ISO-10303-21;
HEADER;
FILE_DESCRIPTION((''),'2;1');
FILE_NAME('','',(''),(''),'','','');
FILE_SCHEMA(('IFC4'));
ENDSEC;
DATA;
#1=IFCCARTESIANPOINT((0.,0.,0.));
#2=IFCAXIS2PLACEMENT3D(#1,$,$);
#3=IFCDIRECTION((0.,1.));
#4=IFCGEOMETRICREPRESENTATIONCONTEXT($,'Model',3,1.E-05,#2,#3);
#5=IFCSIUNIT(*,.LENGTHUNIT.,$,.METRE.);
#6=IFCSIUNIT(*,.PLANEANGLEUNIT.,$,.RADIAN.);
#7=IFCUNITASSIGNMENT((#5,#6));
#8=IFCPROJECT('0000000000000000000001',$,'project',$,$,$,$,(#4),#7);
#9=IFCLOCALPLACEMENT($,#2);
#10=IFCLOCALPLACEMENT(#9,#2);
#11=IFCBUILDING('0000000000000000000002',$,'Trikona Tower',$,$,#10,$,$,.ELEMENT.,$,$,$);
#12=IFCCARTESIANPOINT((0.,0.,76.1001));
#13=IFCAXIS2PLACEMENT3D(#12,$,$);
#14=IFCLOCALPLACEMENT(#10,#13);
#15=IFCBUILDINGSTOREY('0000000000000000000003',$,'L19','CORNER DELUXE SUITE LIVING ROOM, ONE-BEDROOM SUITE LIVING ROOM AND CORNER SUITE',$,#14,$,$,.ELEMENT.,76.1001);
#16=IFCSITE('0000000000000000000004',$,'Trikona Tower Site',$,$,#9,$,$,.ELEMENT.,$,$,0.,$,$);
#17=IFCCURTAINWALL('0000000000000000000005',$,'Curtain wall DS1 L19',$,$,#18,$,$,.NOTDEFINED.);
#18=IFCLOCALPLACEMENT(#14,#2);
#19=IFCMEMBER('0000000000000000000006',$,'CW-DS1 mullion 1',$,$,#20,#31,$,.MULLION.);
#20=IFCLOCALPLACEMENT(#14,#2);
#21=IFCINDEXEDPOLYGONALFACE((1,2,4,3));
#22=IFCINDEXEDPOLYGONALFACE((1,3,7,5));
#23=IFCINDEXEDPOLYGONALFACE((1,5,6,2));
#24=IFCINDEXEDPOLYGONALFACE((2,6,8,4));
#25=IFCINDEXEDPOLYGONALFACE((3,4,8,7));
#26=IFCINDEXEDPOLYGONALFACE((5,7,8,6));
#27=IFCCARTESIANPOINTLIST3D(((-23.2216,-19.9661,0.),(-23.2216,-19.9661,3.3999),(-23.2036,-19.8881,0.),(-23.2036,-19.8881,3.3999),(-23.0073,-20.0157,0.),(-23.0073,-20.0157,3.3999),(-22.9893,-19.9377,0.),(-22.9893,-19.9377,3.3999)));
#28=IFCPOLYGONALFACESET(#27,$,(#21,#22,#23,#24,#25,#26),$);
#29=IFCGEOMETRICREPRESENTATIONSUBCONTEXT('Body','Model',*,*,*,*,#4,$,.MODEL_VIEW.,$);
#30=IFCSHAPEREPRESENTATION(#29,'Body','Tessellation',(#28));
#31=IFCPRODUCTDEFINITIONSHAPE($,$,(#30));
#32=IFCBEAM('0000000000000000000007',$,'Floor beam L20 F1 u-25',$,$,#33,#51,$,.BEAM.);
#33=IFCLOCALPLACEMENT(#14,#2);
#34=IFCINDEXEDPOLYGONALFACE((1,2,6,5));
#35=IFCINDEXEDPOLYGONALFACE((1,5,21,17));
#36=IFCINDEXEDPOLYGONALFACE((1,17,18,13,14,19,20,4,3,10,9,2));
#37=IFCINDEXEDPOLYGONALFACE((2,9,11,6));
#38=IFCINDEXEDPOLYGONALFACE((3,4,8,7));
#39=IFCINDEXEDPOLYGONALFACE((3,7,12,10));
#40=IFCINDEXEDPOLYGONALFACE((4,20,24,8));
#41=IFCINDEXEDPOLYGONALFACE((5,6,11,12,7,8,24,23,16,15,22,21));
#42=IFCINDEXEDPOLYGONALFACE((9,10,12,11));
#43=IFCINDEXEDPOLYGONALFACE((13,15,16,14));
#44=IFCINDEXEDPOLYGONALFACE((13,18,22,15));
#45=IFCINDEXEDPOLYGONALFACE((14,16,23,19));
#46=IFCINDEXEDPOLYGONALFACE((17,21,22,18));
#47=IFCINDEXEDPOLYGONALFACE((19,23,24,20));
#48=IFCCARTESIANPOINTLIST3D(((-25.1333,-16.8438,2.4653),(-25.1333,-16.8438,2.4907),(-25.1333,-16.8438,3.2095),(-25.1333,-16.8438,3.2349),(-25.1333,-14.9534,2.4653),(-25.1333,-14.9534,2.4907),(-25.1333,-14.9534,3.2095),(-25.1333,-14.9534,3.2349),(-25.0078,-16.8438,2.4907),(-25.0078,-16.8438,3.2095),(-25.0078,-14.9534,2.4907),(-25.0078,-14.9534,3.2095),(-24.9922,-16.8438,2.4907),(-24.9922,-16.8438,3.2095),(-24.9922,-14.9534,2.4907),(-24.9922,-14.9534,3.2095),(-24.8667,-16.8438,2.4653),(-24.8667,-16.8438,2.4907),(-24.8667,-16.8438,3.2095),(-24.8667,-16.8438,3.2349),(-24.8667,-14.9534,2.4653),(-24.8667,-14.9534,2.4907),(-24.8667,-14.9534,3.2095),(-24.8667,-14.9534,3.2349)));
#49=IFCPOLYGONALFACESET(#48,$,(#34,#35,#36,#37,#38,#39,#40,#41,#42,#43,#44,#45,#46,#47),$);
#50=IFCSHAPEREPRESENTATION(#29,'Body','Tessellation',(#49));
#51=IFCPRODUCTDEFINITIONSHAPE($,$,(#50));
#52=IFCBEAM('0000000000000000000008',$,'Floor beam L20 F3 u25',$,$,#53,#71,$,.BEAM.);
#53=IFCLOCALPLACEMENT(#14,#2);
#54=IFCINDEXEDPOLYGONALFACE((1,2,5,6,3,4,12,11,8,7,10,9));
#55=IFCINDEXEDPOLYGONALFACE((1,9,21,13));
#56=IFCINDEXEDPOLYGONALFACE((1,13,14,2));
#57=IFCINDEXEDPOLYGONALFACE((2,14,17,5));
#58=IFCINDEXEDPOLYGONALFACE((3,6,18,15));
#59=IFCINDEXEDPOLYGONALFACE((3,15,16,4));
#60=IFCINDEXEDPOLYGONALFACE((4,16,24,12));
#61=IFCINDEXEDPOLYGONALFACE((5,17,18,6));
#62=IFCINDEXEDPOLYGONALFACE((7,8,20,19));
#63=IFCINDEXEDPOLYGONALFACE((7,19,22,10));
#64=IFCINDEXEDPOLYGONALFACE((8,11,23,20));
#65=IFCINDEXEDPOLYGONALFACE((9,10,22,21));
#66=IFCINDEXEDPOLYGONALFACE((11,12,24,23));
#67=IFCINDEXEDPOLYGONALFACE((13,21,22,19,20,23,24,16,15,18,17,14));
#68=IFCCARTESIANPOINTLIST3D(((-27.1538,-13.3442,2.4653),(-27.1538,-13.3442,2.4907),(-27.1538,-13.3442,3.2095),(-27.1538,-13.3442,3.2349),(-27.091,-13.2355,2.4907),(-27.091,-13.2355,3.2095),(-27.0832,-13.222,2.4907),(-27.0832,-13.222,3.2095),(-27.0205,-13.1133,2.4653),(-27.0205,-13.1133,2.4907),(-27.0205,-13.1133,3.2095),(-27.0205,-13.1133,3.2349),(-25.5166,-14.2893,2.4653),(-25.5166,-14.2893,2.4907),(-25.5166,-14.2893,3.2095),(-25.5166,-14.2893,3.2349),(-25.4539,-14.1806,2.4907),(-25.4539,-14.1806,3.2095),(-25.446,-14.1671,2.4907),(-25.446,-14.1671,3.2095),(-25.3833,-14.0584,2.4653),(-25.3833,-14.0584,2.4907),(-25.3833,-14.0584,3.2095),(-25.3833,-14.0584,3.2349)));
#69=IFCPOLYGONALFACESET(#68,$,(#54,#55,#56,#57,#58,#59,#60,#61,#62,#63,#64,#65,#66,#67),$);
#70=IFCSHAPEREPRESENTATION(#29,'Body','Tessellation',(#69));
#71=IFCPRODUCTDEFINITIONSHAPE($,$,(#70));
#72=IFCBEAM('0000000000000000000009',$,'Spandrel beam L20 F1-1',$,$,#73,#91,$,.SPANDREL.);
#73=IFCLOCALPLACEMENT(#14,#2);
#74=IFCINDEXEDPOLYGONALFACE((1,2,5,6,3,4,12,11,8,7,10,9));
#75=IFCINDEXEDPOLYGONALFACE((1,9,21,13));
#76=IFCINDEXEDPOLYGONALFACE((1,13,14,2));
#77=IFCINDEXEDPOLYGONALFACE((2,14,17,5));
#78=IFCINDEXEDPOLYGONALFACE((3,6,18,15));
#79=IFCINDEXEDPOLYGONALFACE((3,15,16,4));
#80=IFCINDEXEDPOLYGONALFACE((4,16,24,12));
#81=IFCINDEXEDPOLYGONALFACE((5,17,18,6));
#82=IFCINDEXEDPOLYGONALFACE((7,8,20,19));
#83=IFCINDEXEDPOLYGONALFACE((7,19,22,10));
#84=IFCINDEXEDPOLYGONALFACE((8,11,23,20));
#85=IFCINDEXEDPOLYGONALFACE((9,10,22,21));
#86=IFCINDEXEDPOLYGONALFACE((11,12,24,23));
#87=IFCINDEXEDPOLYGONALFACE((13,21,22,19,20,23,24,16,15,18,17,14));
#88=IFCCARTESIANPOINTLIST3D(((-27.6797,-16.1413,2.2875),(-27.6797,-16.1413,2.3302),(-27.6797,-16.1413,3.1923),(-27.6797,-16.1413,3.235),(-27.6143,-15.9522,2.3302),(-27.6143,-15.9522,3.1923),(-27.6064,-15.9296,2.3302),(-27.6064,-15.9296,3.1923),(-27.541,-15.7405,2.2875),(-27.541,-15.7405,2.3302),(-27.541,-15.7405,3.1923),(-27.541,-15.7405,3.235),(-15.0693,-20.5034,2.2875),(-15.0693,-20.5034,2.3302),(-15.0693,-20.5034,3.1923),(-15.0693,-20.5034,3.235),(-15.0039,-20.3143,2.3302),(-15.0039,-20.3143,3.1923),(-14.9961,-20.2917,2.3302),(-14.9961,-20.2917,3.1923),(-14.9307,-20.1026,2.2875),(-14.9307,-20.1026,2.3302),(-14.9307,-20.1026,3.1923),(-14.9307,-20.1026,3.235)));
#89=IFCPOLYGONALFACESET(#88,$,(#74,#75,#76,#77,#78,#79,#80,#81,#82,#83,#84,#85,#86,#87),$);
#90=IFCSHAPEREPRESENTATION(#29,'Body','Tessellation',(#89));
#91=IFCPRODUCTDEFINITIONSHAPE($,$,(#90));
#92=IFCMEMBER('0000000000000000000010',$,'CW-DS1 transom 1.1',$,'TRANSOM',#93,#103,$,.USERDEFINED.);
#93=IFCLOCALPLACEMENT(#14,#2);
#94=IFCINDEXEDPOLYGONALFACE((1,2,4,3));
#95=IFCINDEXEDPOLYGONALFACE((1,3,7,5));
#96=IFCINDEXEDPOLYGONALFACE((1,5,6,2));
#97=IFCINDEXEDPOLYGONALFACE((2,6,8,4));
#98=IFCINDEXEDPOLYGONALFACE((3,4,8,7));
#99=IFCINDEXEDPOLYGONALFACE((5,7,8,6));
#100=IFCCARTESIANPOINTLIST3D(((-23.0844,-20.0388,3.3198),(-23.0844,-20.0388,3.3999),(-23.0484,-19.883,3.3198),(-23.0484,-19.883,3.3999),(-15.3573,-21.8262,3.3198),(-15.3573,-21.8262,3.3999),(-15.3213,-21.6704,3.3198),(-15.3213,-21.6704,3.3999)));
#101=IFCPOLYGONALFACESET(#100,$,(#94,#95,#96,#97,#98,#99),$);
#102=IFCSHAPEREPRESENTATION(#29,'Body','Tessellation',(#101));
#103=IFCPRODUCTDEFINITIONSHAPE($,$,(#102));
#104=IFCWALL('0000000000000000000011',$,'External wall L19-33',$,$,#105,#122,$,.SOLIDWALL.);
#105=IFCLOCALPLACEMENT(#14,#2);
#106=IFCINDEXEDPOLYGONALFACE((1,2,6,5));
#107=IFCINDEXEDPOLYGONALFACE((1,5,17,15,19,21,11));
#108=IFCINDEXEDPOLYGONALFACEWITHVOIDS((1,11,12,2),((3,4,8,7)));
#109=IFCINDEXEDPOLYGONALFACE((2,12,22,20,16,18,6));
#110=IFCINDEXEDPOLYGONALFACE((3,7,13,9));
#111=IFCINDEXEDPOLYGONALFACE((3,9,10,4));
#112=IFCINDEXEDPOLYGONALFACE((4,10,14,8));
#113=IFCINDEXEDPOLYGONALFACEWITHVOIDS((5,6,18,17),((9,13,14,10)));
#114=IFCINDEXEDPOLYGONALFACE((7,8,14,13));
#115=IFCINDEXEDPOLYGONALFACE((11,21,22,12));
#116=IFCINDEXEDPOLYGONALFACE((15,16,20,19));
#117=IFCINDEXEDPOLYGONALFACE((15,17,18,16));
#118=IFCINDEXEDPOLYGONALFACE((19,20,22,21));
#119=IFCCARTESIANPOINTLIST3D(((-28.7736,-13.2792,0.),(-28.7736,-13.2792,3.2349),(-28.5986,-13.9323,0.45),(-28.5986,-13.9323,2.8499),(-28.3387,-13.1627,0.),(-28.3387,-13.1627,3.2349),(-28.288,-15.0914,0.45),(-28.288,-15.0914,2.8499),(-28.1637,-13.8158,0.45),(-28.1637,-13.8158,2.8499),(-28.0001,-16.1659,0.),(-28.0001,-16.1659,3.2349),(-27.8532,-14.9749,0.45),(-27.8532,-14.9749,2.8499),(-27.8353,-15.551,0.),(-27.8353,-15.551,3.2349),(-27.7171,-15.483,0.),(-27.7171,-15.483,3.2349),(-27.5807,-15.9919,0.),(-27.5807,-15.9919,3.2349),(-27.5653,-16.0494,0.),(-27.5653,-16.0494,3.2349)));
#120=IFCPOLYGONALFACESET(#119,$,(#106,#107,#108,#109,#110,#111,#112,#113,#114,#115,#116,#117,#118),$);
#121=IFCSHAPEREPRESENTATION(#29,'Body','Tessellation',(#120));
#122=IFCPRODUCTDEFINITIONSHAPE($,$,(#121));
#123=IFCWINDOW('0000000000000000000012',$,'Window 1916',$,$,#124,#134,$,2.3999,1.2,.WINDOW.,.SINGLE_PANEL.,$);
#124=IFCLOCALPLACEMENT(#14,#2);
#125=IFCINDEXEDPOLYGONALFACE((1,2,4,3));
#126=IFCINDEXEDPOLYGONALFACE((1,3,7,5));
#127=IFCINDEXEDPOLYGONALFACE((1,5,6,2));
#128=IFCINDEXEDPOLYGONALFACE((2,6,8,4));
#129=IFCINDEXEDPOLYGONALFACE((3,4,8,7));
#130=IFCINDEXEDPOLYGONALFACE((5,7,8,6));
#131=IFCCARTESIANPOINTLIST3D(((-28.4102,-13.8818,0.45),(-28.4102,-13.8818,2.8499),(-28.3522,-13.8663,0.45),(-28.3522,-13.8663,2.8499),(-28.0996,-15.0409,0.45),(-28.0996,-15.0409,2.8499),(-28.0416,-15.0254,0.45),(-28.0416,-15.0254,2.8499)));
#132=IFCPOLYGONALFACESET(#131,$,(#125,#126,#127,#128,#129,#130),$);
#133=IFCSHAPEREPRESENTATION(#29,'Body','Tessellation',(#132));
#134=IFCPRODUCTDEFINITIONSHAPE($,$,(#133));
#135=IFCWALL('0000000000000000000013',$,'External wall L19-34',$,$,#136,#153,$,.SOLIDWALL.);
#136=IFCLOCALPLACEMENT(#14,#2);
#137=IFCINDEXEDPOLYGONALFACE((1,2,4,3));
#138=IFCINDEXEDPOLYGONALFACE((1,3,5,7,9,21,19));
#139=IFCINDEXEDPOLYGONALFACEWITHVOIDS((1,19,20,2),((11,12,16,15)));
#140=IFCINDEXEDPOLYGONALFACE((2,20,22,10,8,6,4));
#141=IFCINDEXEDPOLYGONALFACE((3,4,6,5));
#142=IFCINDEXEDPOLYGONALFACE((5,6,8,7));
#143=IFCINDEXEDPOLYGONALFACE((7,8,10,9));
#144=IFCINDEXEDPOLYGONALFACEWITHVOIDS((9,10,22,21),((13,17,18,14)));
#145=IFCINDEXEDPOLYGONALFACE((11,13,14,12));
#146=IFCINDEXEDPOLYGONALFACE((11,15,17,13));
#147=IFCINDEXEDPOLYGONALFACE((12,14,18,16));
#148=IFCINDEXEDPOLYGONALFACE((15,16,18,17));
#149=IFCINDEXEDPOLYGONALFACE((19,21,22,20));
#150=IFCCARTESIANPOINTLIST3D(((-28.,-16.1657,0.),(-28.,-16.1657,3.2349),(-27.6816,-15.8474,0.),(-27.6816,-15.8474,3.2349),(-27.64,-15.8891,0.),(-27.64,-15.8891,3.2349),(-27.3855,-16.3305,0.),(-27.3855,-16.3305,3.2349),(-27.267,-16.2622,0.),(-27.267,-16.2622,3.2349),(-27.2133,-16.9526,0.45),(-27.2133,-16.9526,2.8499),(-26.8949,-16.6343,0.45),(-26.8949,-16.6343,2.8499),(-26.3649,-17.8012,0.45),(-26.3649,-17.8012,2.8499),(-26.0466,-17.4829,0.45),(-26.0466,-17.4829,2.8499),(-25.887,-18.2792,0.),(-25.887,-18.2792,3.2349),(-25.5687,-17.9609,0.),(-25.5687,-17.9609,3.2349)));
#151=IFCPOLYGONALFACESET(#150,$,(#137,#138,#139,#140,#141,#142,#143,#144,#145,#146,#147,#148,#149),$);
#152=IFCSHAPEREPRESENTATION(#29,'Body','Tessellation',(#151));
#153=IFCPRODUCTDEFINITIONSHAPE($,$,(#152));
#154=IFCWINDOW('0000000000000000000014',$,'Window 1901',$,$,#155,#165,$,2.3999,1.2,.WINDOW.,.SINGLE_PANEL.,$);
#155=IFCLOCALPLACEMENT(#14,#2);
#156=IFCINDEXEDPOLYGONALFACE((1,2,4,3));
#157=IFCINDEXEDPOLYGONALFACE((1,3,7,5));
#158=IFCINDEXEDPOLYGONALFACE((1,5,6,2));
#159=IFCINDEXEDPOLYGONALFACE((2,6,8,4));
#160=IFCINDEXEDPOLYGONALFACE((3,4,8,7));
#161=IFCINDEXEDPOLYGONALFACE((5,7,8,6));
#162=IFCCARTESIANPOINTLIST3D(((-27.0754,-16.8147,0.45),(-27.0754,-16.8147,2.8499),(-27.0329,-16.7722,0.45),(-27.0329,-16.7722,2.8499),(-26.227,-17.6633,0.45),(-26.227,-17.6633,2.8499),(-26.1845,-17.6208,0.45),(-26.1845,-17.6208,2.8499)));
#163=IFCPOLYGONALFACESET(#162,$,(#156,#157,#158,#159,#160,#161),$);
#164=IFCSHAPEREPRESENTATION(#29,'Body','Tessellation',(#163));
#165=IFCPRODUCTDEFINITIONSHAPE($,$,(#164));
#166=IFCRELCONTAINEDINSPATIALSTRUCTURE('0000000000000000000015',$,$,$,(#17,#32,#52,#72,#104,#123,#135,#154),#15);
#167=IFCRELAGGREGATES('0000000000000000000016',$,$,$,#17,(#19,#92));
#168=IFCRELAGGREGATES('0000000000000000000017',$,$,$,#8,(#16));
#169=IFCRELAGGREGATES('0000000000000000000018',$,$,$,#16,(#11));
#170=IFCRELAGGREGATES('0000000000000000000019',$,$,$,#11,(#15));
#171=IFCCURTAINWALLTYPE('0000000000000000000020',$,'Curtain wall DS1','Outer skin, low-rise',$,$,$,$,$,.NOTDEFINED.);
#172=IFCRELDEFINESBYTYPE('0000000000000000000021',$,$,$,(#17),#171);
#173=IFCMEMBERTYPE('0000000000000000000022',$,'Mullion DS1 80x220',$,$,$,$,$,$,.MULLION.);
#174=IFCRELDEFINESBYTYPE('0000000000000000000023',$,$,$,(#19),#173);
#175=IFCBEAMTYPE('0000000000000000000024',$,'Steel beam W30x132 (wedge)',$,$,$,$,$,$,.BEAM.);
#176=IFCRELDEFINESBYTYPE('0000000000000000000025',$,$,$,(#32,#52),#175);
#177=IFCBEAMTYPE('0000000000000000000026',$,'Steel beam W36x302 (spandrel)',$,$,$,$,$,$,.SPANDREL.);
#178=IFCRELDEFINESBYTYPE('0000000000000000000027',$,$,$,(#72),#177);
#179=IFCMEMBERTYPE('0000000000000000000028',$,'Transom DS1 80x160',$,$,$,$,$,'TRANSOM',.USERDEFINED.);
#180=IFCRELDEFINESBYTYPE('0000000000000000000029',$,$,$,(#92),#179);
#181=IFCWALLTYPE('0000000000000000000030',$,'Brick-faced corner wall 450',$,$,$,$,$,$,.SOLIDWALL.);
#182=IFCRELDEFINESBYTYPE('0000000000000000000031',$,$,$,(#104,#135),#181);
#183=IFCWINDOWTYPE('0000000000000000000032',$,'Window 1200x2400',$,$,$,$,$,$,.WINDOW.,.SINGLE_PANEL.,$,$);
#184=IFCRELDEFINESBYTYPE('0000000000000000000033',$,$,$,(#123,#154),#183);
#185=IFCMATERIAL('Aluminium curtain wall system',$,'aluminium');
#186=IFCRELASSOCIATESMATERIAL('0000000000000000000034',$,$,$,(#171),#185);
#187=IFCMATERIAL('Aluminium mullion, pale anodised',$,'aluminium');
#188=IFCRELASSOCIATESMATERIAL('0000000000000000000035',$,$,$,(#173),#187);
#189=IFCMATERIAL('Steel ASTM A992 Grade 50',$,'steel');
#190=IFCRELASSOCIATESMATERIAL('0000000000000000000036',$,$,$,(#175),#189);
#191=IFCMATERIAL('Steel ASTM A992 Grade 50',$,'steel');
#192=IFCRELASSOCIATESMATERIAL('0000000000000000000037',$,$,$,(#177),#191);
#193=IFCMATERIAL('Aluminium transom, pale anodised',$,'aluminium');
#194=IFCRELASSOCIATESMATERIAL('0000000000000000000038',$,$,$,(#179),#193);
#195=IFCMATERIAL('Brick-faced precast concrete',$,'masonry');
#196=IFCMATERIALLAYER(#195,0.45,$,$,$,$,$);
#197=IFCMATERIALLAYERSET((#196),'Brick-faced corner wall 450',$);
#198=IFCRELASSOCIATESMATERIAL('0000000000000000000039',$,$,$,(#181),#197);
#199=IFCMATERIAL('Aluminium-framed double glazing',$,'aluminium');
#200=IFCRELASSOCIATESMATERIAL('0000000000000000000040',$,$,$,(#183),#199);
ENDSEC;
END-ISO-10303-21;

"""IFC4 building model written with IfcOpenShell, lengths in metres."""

from ifc_helpers import new_model, si_unit, direction, frame, frame_2d, origin, origin_2d, place, context, subcontext, project, spatial, polyline, rectangle, i_section, outline, extrude, material, layer, layer_set, material_profile, profile_set, type_object, element, fill, aggregate, save


model = new_model("IFC4")

# Units and contexts
model_context = context("Model", 3, precision=1e-05, world=origin(), true_north=direction((0.0, 1.0)))
body_context = subcontext(model_context, "Body", "Model", "MODEL_VIEW")
ifc_project = project(units=[si_unit("LENGTHUNIT", "METRE"), si_unit("PLANEANGLEUNIT", "RADIAN")], contexts=[model_context])

# Site, building, storey
site_placement = place(None, origin())
site = spatial("IfcSite", under=ifc_project, at=site_placement, Name="Trikona Tower Site", CompositionType="ELEMENT", RefElevation=0.0)
building_placement = place(site_placement, origin())
building = spatial("IfcBuilding", under=site, at=building_placement, Name="Trikona Tower", CompositionType="ELEMENT")
storey_placement = place(building_placement, frame((0.0, 0.0, 76.1001)))
storey = spatial("IfcBuildingStorey", under=building, at=storey_placement, Name="L19", Description="CORNER DELUXE SUITE LIVING ROOM, ONE-BEDROOM SUITE LIVING ROOM AND CORNER SUITE", CompositionType="ELEMENT", Elevation=76.1001)

# Curtain wall, member
ifc_material_1 = material(Name="Aluminium curtain wall system", Category="aluminium")
curtain_wall_type = type_object("IfcCurtainWallType", Name="Curtain wall DS1", Description="Outer skin, low-rise", PredefinedType="NOTDEFINED", material=ifc_material_1)
curtain_wall_placement = place(storey_placement, origin())
curtain_wall = element("IfcCurtainWall", 1, at=curtain_wall_placement, inside=storey, type_object=curtain_wall_type, Name="Curtain wall DS1 L19", PredefinedType="NOTDEFINED")
ifc_material_2 = material(Name="Aluminium mullion, pale anodised", Category="aluminium")
ifc_material_profile_1 = material_profile(ifc_material_2, rectangle(XDim=0.0801, YDim=0.22, at=origin_2d()), Name="MUL-DS1")
ifc_profile_set_1 = profile_set([ifc_material_profile_1], Name="Aluminium mullion, pale anodised")
member_type_1 = type_object("IfcMemberType", Name="Mullion DS1 80x220", PredefinedType="MULLION", material=ifc_profile_set_1)
member_1_placement = place(storey_placement, frame((-23.1055, -19.9519, 0.0), z_axis=(0.0, 0.0, 1.0), x_axis=(0.225343, 0.974279, 0.0)))
member_1 = element("IfcMember", 2, at=member_1_placement, type_object=member_type_1, Name="CW-DS1 mullion 1", PredefinedType="MULLION", context=body_context, shape_type="SweptSolid", body=[
    extrude(rectangle(XDim=0.0801, YDim=0.22, at=origin_2d()), origin(), (0.0, 0.0, 1.0), 3.3999),
])

# Beams
ifc_material_3 = material(Name="Steel ASTM A992 Grade 50", Category="steel")
ifc_material_profile_2 = material_profile(ifc_material_3, i_section(OverallWidth=0.2666, OverallDepth=0.7695, WebThickness=0.0156, FlangeThickness=0.0254, at=origin_2d()), Name="W30X132")
ifc_profile_set_2 = profile_set([ifc_material_profile_2], Name="Steel ASTM A992 Grade 50")
beam_type_1 = type_object("IfcBeamType", Name="Steel beam W30x132 (wedge)", PredefinedType="BEAM", material=ifc_profile_set_2)
for number, where, z_axis, x_axis, name in (
    (3, (-25.0, -14.9534, 2.8501), (0.0, -1.0, 0.0), (1.0, 0.0, 0.0), "Floor beam L20 F1 u-25"),
    (4, (-25.45, -14.1738, 2.8501), (-0.866065, 0.499931, 0.0), (-0.499931, -0.866065, 0.0), "Floor beam L20 F3 u25"),
):
    element("IfcBeam", number, at=place(storey_placement, frame(where, z_axis=z_axis, x_axis=x_axis)), inside=storey, type_object=beam_type_1, Name=name, PredefinedType="BEAM", context=body_context, shape_type="SweptSolid", body=[
        extrude(i_section(OverallWidth=0.2666, OverallDepth=0.7695, WebThickness=0.0156, FlangeThickness=0.0254, at=origin_2d()), origin(), (0.0, 0.0, 1.0), 1.8904),
    ])
ifc_material_4 = material(Name="Steel ASTM A992 Grade 50", Category="steel")
ifc_material_profile_3 = material_profile(ifc_material_4, i_section(OverallWidth=0.4241, OverallDepth=0.9475, WebThickness=0.0239, FlangeThickness=0.0427, at=origin_2d()), Name="W36X302")
ifc_profile_set_3 = profile_set([ifc_material_profile_3], Name="Steel ASTM A992 Grade 50")
beam_type_2 = type_object("IfcBeamType", Name="Steel beam W36x302 (spandrel)", PredefinedType="SPANDREL", material=ifc_profile_set_3)
beam_placement = place(storey_placement, frame((-27.6104, -15.9409, 2.7612), z_axis=(0.945057, -0.326906, 0.0), x_axis=(0.326906, 0.945057, 0.0)))
element("IfcBeam", 5, at=beam_placement, inside=storey, type_object=beam_type_2, Name="Spandrel beam L20 F1-1", PredefinedType="SPANDREL", context=body_context, shape_type="SweptSolid", body=[
    extrude(i_section(OverallWidth=0.4241, OverallDepth=0.9475, WebThickness=0.0239, FlangeThickness=0.0427, at=origin_2d()), origin(), (0.0, 0.0, 1.0), 13.3435),
])

# Member
ifc_material_5 = material(Name="Aluminium transom, pale anodised", Category="aluminium")
ifc_material_profile_4 = material_profile(ifc_material_5, rectangle(XDim=0.1599, YDim=0.0801, at=origin_2d()), Name="TRN-DS1")
ifc_profile_set_4 = profile_set([ifc_material_profile_4], Name="Aluminium transom, pale anodised")
member_type_2 = type_object("IfcMemberType", Name="Transom DS1 80x160", ElementType="TRANSOM", PredefinedType="USERDEFINED", material=ifc_profile_set_4)
member_2_placement = place(storey_placement, frame((-23.0664, -19.9609, 3.3599), z_axis=(0.974275, -0.225361, 0.0), x_axis=(0.225361, 0.974275, 0.0)))
member_2 = element("IfcMember", 6, at=member_2_placement, type_object=member_type_2, Name="CW-DS1 transom 1.1", ObjectType="TRANSOM", PredefinedType="USERDEFINED", context=body_context, shape_type="SweptSolid", body=[
    extrude(rectangle(XDim=0.1599, YDim=0.0801, at=origin_2d()), origin(), (0.0, 0.0, 1.0), 7.9312),
])
aggregate(curtain_wall, [member_1, member_2])

# Walls, openings, windows
ifc_material_6 = material(Name="Brick-faced precast concrete", Category="masonry")
ifc_layer_1 = layer(ifc_material_6, 0.45)
ifc_layer_set_1 = layer_set([ifc_layer_1], Name="Brick-faced corner wall 450")
wall_type_1 = type_object("IfcWallType", Name="Brick-faced corner wall 450", PredefinedType="SOLIDWALL", material=ifc_layer_set_1)
wall_1_placement = place(storey_placement, frame((-28.5562, -13.2209, 0.0), z_axis=(0.0, 0.0, 1.0), x_axis=(0.258801, -0.965931, 0.0)))
wall_1 = element("IfcWall", 7, at=wall_1_placement, inside=storey, type_object=wall_type_1, Name="External wall L19-33", PredefinedType="SOLIDWALL", context=body_context, shape_type="SweptSolid", body=[
    extrude(outline(polyline([(2.9885, 0.2251), (2.929, 0.2251), (2.4373, 0.0933), (2.4021, 0.2251), (0.0, 0.2251), (0.0, -0.2251), (2.9885, -0.2251), (2.9885, 0.2251)])), origin(), (0.0, 0.0, 1.0), 3.2349),
])
opening_1_placement = place(wall_1_placement, frame((0.676, 0.0, 0.45)))
opening_1 = element("IfcOpeningElement", 8, at=opening_1_placement, cuts=wall_1, PredefinedType="OPENING", context=body_context, shape_type="SweptSolid", body=[
    extrude(rectangle(XDim=1.2, YDim=2.3999, at=frame_2d((0.6001, 1.2))), frame((0.0, 0.2349, 0.0), z_axis=(0.0, -1.0, 0.0), x_axis=(1.0, 0.0, 0.0)), (0.0, 0.0, 1.0), 0.47),
])
ifc_material_7 = material(Name="Aluminium-framed double glazing", Category="aluminium")
window_type_1 = type_object("IfcWindowType", Name="Window 1200x2400", PartitioningType="SINGLE_PANEL", PredefinedType="WINDOW", material=ifc_material_7)
window_1_placement = place(opening_1_placement, origin())
window_1 = element("IfcWindow", 9, at=window_1_placement, inside=storey, type_object=window_type_1, Name="Window 1916", OverallHeight=2.3999, OverallWidth=1.2, PartitioningType="SINGLE_PANEL", PredefinedType="WINDOW", context=body_context, shape_type="SweptSolid", body=[
    extrude(rectangle(XDim=1.2, YDim=2.3999, at=frame_2d((0.6001, 1.2))), frame((0.0, 0.03, 0.0), z_axis=(0.0, -1.0, 0.0), x_axis=(1.0, 0.0, 0.0)), (0.0, 0.0, 1.0), 0.0601),
])
fill(opening_1, window_1)
wall_2_placement = place(storey_placement, frame((-27.8408, -16.0066, 0.0), z_axis=(0.0, 0.0, 1.0), x_axis=(0.707025, -0.707188, 0.0)))
wall_2 = element("IfcWall", 10, at=wall_2_placement, inside=storey, type_object=wall_type_1, Name="External wall L19-34", PredefinedType="SOLIDWALL", context=body_context, shape_type="SweptSolid", body=[
    extrude(outline(polyline([(2.9885, 0.2251), (0.5864, 0.2251), (0.551, 0.093), (0.0588, 0.2251), (0.0, 0.2251), (0.0, -0.2251), (2.9885, -0.2251), (2.9885, 0.2251)])), origin(), (0.0, 0.0, 1.0), 3.2349),
])
opening_2_placement = place(wall_2_placement, frame((1.1125, 0.0, 0.45)))
opening_2 = element("IfcOpeningElement", 11, at=opening_2_placement, cuts=wall_2, PredefinedType="OPENING", context=body_context, shape_type="SweptSolid", body=[
    extrude(rectangle(XDim=1.2, YDim=2.3999, at=frame_2d((0.6001, 1.2))), frame((0.0, 0.2349, 0.0), z_axis=(0.0, -1.0, 0.0), x_axis=(1.0, 0.0, 0.0)), (0.0, 0.0, 1.0), 0.47),
])
window_2_placement = place(opening_2_placement, origin())
window_2 = element("IfcWindow", 12, at=window_2_placement, inside=storey, type_object=window_type_1, Name="Window 1901", OverallHeight=2.3999, OverallWidth=1.2, PartitioningType="SINGLE_PANEL", PredefinedType="WINDOW", context=body_context, shape_type="SweptSolid", body=[
    extrude(rectangle(XDim=1.2, YDim=2.3999, at=frame_2d((0.6001, 1.2))), frame((0.0, 0.03, 0.0), z_axis=(0.0, -1.0, 0.0), x_axis=(1.0, 0.0, 0.0)), (0.0, 0.0, 1.0), 0.0601),
])
fill(opening_2, window_2)

save(model, "model.ifc")
